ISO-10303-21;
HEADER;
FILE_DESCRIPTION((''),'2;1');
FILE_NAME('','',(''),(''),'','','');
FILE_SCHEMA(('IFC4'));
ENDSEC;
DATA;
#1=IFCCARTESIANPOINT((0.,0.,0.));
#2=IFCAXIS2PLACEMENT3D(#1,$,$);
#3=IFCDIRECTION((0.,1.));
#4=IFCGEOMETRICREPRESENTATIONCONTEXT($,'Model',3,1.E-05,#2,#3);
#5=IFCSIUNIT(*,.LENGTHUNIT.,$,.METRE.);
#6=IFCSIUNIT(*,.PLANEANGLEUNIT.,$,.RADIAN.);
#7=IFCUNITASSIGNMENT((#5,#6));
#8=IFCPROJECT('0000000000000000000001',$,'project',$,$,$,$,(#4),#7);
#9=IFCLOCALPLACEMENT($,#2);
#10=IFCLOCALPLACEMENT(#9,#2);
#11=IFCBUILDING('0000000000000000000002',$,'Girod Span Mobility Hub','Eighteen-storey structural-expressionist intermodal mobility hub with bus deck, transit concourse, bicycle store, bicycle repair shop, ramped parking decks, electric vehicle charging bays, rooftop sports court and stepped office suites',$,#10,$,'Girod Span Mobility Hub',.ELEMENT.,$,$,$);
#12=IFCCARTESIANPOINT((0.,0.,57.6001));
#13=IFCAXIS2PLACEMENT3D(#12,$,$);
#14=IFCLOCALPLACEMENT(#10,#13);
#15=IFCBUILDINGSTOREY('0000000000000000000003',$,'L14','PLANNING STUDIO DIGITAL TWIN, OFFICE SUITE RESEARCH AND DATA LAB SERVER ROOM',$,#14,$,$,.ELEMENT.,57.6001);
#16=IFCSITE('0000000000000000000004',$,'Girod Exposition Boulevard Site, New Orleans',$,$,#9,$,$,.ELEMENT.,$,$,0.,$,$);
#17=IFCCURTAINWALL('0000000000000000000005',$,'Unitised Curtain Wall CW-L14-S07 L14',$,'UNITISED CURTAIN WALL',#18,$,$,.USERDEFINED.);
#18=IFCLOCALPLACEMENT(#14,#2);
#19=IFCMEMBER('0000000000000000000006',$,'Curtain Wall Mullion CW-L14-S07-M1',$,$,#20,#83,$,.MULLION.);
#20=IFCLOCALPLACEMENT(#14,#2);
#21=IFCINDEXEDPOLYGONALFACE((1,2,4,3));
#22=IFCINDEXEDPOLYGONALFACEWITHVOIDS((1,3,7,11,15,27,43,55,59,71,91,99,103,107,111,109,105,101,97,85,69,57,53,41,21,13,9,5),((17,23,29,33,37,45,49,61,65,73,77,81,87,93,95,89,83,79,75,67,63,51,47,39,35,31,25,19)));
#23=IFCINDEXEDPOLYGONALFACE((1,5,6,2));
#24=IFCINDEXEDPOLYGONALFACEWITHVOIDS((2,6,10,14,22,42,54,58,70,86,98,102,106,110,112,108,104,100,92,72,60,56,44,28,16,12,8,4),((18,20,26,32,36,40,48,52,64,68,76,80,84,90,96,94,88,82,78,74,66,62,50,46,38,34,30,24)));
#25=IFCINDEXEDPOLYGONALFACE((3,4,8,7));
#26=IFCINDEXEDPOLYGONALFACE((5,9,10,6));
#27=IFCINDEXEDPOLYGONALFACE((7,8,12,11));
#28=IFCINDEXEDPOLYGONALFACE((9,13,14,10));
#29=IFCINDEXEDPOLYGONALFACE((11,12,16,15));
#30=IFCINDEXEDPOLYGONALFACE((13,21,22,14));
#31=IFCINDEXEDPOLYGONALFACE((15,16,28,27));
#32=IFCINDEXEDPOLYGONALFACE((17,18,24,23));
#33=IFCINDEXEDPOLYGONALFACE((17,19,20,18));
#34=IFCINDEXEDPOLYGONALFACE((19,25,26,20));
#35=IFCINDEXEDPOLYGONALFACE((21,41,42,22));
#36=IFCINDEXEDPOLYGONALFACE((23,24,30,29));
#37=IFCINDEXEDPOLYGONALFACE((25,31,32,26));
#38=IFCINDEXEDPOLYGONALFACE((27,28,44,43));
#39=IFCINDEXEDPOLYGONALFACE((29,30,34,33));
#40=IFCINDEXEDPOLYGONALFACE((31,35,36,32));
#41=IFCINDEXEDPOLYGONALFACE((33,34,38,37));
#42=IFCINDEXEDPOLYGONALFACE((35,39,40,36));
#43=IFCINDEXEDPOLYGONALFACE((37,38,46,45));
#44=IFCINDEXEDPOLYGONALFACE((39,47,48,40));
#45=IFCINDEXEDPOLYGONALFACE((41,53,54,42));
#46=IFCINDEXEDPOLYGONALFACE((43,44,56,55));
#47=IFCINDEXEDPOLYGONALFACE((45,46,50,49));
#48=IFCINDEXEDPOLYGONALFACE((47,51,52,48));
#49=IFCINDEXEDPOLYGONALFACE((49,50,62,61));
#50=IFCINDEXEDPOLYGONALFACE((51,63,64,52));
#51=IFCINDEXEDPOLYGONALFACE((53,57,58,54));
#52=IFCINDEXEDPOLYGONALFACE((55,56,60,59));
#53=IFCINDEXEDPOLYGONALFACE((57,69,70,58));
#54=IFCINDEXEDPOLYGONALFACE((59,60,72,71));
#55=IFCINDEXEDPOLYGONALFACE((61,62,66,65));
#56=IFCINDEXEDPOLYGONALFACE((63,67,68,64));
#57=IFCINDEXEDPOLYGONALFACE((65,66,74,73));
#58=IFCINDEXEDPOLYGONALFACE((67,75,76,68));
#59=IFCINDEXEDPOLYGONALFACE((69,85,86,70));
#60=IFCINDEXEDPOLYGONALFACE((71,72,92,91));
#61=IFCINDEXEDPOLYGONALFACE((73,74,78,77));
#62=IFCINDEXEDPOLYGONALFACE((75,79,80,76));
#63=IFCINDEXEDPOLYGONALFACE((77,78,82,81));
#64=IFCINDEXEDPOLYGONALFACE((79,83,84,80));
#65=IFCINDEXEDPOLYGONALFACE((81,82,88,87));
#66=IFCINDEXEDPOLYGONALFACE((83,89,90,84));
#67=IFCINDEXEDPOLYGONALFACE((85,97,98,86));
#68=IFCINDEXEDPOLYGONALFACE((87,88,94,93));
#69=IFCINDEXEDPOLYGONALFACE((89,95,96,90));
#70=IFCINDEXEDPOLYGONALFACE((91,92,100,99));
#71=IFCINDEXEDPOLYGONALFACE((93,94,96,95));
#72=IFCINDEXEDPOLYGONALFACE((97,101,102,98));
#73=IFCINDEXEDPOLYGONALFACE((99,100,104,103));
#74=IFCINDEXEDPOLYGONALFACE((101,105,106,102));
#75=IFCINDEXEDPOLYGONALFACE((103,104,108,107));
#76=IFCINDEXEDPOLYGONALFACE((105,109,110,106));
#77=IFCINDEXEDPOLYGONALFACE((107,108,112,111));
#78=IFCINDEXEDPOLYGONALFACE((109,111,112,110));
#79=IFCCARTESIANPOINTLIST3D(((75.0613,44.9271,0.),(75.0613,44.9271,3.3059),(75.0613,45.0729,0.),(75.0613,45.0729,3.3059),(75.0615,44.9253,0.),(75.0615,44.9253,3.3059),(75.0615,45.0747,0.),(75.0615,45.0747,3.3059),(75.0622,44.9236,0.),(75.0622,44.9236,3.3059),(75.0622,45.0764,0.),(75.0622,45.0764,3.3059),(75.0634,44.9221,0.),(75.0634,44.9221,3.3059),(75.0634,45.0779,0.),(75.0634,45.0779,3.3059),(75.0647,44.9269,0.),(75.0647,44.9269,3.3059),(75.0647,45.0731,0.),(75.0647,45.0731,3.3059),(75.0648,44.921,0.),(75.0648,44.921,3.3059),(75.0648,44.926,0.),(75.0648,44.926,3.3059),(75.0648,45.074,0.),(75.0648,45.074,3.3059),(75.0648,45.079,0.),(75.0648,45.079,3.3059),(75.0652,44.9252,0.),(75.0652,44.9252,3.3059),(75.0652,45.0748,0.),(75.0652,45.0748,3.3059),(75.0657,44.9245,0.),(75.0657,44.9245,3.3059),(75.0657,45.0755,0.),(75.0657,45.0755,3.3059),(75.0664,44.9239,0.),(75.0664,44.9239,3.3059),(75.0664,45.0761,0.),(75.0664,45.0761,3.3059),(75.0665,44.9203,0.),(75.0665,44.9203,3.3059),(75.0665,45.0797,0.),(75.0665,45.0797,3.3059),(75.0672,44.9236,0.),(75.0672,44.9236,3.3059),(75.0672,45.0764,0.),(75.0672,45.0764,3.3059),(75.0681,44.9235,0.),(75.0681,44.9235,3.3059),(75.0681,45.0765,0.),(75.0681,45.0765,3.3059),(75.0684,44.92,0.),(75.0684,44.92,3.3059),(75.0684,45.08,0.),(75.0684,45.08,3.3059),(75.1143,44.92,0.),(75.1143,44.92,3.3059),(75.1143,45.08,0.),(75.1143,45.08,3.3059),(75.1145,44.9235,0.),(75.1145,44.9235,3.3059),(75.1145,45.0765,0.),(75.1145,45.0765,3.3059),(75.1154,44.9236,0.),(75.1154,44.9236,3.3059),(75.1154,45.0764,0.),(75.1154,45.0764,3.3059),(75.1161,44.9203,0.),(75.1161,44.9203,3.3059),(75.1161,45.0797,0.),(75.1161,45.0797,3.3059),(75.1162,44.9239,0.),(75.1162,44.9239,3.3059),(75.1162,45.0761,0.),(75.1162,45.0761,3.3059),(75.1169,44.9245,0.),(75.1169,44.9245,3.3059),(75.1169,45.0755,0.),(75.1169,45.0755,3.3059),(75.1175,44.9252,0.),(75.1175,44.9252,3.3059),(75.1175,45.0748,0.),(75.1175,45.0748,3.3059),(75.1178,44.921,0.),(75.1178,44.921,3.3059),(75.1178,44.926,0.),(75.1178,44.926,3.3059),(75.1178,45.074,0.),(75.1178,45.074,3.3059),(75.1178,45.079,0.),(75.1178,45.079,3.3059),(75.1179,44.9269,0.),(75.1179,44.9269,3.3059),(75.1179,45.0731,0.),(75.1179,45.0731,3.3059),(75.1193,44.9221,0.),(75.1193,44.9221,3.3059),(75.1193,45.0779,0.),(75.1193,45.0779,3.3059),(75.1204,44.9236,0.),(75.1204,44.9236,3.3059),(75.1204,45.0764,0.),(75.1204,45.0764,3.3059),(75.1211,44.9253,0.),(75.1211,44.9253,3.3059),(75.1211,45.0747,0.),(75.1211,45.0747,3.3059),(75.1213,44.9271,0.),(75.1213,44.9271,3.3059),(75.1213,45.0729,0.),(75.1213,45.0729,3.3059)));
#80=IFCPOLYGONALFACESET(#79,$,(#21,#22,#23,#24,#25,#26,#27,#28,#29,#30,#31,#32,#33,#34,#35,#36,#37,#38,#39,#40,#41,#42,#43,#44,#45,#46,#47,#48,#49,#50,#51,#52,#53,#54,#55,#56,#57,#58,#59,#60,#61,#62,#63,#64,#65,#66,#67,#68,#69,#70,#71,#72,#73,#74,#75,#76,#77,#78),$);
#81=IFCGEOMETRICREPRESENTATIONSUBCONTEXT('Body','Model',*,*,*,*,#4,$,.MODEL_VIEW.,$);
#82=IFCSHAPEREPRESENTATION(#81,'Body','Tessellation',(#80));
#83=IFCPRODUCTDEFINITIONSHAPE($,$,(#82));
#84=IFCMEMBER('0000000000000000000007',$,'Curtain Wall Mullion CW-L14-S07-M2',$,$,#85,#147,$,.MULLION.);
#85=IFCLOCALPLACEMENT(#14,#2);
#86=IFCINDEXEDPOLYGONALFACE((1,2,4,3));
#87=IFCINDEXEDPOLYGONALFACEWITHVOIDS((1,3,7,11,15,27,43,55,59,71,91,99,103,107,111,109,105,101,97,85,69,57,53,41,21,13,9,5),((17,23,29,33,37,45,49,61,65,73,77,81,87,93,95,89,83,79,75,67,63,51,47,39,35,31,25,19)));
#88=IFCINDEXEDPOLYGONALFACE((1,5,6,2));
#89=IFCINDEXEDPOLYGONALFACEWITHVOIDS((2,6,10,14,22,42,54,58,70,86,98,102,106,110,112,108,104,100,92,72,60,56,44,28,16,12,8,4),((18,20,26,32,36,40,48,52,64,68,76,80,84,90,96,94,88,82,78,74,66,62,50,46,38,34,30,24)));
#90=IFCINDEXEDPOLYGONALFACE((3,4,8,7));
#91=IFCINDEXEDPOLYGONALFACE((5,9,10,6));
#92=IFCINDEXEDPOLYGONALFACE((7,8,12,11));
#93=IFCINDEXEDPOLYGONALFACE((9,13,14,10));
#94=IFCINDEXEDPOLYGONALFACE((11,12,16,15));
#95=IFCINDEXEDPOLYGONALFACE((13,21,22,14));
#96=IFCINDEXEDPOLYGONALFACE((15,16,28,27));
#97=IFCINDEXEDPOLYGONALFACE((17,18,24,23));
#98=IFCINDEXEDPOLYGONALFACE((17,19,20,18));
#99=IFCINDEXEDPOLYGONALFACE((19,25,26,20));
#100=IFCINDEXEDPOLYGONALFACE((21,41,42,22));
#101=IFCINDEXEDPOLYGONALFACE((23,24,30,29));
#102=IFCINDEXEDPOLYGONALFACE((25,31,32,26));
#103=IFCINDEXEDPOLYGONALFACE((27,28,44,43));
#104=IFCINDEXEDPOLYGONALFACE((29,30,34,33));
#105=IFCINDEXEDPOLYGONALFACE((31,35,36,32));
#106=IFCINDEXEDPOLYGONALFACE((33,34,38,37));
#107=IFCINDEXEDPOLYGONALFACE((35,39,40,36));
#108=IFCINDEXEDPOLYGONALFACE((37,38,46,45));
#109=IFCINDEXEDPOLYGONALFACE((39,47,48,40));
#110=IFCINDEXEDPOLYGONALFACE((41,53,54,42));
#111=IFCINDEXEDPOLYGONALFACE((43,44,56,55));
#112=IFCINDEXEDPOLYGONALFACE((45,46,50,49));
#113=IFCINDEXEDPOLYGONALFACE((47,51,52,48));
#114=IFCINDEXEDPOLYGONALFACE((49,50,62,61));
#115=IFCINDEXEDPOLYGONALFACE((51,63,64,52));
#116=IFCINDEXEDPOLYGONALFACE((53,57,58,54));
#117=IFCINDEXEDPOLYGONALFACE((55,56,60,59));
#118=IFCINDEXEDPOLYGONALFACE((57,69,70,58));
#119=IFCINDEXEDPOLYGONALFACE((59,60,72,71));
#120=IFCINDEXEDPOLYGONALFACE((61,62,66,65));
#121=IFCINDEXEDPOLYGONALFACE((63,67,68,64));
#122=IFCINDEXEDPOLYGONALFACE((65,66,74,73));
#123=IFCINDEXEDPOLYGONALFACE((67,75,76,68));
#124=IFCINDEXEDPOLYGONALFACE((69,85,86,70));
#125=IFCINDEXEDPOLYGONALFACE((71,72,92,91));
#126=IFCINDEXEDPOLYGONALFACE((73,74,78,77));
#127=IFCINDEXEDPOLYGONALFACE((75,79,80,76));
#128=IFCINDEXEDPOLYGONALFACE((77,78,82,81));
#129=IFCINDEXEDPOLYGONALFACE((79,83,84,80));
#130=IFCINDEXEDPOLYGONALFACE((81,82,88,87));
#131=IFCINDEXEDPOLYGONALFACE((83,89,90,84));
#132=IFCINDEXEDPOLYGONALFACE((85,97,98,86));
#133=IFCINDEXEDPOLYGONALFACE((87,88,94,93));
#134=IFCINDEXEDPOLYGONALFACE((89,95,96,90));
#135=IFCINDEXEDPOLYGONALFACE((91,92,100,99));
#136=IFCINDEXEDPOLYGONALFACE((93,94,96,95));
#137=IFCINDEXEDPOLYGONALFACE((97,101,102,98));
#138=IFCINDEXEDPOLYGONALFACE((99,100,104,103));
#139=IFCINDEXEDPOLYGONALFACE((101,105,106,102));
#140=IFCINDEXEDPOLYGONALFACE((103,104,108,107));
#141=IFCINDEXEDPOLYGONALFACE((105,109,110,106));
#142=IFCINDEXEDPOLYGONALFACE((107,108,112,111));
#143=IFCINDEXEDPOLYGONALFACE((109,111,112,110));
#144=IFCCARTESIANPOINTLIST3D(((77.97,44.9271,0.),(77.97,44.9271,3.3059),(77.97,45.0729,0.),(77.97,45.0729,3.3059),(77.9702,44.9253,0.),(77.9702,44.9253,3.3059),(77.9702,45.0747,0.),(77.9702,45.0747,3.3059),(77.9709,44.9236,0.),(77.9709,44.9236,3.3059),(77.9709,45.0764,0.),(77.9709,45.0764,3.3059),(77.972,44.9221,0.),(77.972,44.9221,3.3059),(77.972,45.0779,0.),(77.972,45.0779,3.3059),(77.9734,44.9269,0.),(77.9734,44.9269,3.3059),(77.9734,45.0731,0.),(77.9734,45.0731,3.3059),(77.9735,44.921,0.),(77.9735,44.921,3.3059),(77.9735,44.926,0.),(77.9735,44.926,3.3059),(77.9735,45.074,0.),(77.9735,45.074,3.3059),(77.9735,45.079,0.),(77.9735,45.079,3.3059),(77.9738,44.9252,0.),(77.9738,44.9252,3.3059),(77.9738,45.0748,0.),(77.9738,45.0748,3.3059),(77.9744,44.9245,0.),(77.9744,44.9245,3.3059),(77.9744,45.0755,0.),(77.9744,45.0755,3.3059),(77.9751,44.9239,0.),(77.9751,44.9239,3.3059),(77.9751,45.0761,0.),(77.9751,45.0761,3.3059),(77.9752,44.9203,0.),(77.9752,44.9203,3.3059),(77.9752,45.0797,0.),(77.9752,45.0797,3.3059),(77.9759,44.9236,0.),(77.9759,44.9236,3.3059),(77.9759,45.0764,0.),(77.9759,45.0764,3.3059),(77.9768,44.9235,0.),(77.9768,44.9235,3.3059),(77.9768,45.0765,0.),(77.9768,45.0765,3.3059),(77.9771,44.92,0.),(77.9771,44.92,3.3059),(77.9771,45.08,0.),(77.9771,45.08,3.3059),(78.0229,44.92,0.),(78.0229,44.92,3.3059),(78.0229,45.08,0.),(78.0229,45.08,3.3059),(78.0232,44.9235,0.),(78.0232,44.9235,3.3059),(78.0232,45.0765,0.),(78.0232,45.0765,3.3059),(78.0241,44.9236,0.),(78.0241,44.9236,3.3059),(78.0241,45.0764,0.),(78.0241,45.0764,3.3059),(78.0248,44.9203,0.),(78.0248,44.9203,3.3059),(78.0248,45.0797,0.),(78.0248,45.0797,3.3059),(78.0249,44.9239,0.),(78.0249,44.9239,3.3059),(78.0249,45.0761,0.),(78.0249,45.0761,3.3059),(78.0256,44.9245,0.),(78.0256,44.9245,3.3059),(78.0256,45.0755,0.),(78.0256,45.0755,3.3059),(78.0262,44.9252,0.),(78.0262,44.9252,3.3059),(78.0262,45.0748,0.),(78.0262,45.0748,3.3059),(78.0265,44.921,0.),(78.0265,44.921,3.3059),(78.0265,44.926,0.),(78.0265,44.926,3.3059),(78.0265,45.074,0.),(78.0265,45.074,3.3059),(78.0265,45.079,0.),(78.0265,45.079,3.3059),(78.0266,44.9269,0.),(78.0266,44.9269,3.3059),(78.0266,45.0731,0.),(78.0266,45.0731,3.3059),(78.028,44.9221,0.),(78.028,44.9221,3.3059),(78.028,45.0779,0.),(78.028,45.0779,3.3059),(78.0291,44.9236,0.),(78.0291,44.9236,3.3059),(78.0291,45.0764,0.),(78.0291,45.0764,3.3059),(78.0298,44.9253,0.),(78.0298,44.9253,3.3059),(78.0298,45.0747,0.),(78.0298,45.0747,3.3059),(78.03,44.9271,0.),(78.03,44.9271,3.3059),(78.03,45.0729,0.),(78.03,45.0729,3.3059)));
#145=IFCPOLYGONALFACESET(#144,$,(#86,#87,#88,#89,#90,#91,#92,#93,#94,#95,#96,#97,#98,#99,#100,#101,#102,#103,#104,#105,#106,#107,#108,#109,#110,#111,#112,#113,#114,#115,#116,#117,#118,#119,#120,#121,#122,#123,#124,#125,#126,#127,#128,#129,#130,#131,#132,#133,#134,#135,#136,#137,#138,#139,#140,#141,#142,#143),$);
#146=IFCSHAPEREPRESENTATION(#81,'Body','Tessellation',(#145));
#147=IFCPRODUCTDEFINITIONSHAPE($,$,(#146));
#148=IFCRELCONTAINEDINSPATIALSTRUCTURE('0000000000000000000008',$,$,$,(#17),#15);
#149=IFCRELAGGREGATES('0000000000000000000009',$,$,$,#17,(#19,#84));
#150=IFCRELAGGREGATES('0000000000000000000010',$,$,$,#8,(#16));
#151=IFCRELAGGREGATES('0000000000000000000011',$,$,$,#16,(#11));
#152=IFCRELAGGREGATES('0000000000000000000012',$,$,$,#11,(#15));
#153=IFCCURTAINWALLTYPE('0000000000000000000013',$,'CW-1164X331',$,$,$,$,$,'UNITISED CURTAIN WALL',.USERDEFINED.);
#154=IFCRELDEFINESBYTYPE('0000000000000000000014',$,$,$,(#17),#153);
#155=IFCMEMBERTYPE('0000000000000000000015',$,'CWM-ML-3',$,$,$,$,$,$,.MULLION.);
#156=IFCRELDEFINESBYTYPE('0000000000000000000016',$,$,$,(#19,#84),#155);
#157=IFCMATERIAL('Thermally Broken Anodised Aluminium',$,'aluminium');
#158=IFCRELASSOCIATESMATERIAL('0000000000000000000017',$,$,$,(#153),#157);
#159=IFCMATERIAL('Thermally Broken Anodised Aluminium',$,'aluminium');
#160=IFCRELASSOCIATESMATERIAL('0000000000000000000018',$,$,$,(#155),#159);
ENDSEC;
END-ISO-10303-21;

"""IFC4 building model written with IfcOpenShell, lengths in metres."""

from ifc_helpers import new_model, si_unit, direction, frame, origin, origin_2d, place, context, subcontext, project, spatial, hollow_rectangle, extrude, material, material_profile, profile_set, type_object, element, aggregate, save


model = new_model("IFC4")

# Units and contexts
model_context = context("Model", 3, precision=1e-05, world=origin(), true_north=direction((0.0, 1.0)))
body_context = subcontext(model_context, "Body", "Model", "MODEL_VIEW")
ifc_project = project(units=[si_unit("LENGTHUNIT", "METRE"), si_unit("PLANEANGLEUNIT", "RADIAN")], contexts=[model_context])

# Site, building, storey
site_placement = place(None, origin())
site = spatial("IfcSite", under=ifc_project, at=site_placement, Name="Girod Exposition Boulevard Site, New Orleans", CompositionType="ELEMENT", RefElevation=0.0)
building_placement = place(site_placement, origin())
building = spatial("IfcBuilding", under=site, at=building_placement, Name="Girod Span Mobility Hub", Description="Eighteen-storey structural-expressionist intermodal mobility hub with bus deck, transit concourse, bicycle store, bicycle repair shop, ramped parking decks, electric vehicle charging bays, rooftop sports court and stepped office suites", LongName="Girod Span Mobility Hub", CompositionType="ELEMENT")
storey_placement = place(building_placement, frame((0.0, 0.0, 57.6001)))
storey = spatial("IfcBuildingStorey", under=building, at=storey_placement, Name="L14", Description="PLANNING STUDIO DIGITAL TWIN, OFFICE SUITE RESEARCH AND DATA LAB SERVER ROOM", CompositionType="ELEMENT", Elevation=57.6001)

# Curtain wall, members
ifc_material_1 = material(Name="Thermally Broken Anodised Aluminium", Category="aluminium")
curtain_wall_type = type_object("IfcCurtainWallType", Name="CW-1164X331", ElementType="UNITISED CURTAIN WALL", PredefinedType="USERDEFINED", material=ifc_material_1)
curtain_wall_placement = place(storey_placement, origin())
curtain_wall = element("IfcCurtainWall", 1, at=curtain_wall_placement, inside=storey, type_object=curtain_wall_type, Name="Unitised Curtain Wall CW-L14-S07 L14", ObjectType="UNITISED CURTAIN WALL", PredefinedType="USERDEFINED")
ifc_material_2 = material(Name="Thermally Broken Anodised Aluminium", Category="aluminium")
ifc_material_profile_1 = material_profile(ifc_material_2, hollow_rectangle(XDim=0.1599, YDim=0.0601, WallThickness=0.0034, InnerFilletRadius=0.0034, OuterFilletRadius=0.0071, at=origin_2d()), Name="CW-ML-60X160")
ifc_profile_set_1 = profile_set([ifc_material_profile_1], Name="Thermally Broken Anodised Aluminium")
member_type_1 = type_object("IfcMemberType", Name="CWM-ML-3", PredefinedType="MULLION", material=ifc_profile_set_1)
member_1_placement = place(storey_placement, frame((75.0913, 45.0, 0.0), z_axis=(0.0, 0.0, 1.0), x_axis=(0.0, 1.0, 0.0)))
member_1 = element("IfcMember", 2, at=member_1_placement, type_object=member_type_1, Name="Curtain Wall Mullion CW-L14-S07-M1", PredefinedType="MULLION", context=body_context, shape_type="SweptSolid", body=[
    extrude(hollow_rectangle(XDim=0.1599, YDim=0.0601, WallThickness=0.0034, InnerFilletRadius=0.0034, OuterFilletRadius=0.0071, at=origin_2d()), origin(), (0.0, 0.0, 1.0), 3.3059),
])
member_2_placement = place(storey_placement, frame((78.0, 45.0, 0.0), z_axis=(0.0, 0.0, 1.0), x_axis=(0.0, 1.0, 0.0)))
member_2 = element("IfcMember", 3, at=member_2_placement, type_object=member_type_1, Name="Curtain Wall Mullion CW-L14-S07-M2", PredefinedType="MULLION", context=body_context, shape_type="SweptSolid", body=[
    extrude(hollow_rectangle(XDim=0.1599, YDim=0.0601, WallThickness=0.0034, InnerFilletRadius=0.0034, OuterFilletRadius=0.0071, at=origin_2d()), origin(), (0.0, 0.0, 1.0), 3.3059),
])
aggregate(curtain_wall, [member_1, member_2])

save(model, "model.ifc")
